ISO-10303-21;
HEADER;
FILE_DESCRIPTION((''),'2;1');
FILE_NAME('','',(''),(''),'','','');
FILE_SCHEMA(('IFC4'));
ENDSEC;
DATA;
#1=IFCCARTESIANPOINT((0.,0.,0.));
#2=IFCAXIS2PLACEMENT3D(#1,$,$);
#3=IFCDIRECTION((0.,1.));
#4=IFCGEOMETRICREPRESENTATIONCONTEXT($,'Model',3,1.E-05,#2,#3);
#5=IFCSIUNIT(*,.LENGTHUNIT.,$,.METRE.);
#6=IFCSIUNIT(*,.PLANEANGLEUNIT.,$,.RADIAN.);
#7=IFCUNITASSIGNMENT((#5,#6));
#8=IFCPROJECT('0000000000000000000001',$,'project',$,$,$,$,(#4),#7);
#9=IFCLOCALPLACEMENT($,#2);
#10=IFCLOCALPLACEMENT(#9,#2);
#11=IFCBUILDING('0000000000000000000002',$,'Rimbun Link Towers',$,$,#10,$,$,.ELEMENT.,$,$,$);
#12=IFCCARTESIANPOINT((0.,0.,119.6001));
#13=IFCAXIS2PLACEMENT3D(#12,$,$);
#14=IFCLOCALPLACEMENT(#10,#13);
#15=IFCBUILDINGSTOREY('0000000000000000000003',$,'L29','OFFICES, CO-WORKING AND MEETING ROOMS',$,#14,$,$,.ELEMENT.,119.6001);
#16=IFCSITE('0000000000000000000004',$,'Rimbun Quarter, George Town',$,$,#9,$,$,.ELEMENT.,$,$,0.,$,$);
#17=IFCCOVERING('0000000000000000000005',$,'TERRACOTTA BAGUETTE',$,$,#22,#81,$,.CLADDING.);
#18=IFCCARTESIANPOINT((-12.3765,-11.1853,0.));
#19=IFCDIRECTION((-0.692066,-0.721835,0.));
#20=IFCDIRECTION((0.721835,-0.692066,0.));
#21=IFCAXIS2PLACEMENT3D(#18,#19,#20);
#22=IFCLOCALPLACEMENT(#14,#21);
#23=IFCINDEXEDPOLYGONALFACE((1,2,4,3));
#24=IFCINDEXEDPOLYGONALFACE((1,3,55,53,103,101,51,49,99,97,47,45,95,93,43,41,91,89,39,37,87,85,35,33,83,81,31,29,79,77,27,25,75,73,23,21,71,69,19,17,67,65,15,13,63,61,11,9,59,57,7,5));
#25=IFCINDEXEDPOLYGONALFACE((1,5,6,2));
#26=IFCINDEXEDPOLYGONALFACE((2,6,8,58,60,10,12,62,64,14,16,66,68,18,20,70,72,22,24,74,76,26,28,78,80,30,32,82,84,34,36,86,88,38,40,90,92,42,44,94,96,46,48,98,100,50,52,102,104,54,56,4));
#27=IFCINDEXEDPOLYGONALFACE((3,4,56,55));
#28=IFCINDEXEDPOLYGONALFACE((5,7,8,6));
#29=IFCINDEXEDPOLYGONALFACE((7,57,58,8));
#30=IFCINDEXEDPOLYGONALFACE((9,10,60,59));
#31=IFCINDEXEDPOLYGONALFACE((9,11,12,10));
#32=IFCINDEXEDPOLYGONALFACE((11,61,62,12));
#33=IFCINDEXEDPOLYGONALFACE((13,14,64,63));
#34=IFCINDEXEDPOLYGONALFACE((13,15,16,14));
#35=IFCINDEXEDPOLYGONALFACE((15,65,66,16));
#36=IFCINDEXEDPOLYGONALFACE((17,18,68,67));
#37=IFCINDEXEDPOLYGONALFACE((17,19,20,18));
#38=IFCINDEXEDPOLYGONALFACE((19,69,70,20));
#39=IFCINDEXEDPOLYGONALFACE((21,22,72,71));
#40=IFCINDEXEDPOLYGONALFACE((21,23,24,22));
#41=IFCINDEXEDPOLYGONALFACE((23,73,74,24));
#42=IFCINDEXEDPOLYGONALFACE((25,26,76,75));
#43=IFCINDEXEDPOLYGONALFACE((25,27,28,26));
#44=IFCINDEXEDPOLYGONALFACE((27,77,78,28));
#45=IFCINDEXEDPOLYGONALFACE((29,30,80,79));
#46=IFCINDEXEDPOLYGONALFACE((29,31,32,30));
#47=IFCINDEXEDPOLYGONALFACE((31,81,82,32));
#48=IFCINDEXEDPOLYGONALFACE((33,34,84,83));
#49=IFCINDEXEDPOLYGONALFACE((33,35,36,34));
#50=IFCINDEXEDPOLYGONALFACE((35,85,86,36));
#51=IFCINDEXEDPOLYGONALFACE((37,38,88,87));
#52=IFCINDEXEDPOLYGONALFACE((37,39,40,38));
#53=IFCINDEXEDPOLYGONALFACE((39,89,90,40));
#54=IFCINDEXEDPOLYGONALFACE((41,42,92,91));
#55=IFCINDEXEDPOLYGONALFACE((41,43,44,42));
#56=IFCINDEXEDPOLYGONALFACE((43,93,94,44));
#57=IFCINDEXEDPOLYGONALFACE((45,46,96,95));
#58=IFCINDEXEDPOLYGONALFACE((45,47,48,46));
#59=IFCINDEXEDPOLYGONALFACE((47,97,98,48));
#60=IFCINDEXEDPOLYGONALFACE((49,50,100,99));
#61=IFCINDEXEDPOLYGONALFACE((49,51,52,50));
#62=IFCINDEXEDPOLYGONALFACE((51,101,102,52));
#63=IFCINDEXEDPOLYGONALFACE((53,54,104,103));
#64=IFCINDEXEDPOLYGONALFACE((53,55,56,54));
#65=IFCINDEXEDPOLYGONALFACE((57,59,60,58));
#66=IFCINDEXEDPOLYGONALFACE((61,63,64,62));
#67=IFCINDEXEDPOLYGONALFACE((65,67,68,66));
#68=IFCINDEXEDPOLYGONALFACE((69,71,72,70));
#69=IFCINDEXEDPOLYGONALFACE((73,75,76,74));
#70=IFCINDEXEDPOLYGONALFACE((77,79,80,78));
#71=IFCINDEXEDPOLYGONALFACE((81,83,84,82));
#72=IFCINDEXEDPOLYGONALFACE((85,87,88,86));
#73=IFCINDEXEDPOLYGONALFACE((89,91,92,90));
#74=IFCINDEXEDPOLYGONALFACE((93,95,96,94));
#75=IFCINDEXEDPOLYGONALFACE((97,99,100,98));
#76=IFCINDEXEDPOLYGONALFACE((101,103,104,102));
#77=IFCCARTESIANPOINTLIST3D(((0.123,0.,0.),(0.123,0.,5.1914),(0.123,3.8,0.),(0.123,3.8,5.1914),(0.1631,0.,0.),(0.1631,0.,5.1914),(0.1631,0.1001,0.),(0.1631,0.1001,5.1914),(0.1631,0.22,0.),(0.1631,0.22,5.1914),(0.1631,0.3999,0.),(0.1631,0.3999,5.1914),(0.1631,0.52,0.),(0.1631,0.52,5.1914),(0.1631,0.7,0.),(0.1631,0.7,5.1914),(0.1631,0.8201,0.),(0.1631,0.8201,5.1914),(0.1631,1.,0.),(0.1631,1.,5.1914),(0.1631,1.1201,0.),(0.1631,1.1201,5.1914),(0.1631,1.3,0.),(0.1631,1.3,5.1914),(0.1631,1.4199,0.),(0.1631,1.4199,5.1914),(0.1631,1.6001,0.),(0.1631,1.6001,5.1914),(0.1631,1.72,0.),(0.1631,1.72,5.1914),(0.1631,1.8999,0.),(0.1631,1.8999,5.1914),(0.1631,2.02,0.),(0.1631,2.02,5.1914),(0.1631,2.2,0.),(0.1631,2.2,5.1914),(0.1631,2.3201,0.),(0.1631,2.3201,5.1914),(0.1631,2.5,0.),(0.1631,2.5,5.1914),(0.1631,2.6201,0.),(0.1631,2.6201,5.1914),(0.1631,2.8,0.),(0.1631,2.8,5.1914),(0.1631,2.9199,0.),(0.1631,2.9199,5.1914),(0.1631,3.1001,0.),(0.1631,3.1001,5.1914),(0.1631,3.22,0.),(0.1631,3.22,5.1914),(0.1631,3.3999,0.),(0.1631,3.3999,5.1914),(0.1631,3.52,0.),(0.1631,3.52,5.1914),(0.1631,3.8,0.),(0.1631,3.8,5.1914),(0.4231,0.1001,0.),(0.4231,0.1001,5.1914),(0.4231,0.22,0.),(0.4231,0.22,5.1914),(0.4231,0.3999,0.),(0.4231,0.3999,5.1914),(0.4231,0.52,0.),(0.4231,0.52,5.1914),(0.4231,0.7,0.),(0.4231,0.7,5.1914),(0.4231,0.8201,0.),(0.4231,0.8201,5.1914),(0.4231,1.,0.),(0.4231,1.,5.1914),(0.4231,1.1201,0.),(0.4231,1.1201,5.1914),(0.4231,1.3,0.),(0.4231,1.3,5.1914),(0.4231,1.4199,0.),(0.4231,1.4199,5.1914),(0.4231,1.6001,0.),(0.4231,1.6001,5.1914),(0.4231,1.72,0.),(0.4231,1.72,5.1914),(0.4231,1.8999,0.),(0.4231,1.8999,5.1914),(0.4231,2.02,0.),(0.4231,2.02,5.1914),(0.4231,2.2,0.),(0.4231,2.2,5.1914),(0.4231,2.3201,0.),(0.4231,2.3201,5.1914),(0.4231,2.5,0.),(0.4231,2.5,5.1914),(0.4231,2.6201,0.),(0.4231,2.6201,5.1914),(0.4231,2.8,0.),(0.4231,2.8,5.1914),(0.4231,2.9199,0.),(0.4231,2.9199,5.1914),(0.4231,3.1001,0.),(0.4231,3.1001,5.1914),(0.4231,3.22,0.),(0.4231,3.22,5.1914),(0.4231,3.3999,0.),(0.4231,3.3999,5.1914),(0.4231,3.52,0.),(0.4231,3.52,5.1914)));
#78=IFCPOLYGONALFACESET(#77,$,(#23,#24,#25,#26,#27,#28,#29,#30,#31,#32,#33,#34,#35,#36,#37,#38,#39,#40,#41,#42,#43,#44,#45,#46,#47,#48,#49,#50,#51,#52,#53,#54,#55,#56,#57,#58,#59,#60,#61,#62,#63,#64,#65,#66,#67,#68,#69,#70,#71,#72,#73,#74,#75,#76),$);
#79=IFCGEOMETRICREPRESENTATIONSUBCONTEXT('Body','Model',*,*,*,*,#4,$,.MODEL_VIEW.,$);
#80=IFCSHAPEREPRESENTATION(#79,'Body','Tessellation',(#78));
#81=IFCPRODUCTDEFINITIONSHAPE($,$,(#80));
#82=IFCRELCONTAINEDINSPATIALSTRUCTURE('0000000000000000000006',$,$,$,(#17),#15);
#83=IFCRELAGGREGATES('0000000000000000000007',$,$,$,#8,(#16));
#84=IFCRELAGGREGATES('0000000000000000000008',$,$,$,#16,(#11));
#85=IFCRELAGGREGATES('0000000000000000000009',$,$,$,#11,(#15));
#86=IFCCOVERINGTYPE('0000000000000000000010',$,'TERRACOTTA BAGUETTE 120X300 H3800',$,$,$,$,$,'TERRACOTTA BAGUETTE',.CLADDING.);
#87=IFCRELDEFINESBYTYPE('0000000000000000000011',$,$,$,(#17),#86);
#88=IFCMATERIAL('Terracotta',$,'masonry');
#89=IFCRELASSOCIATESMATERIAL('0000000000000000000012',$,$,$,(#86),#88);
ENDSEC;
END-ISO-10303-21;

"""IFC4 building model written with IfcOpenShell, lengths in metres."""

from ifc_helpers import new_model, si_unit, direction, frame, origin, place, context, subcontext, project, spatial, polyline, outline, extrude, material, material_profile, profile_set, type_object, element, save


model = new_model("IFC4")

# Units and contexts
model_context = context("Model", 3, precision=1e-05, world=origin(), true_north=direction((0.0, 1.0)))
body_context = subcontext(model_context, "Body", "Model", "MODEL_VIEW")
ifc_project = project(units=[si_unit("LENGTHUNIT", "METRE"), si_unit("PLANEANGLEUNIT", "RADIAN")], contexts=[model_context])

# Site, building, storey
site_placement = place(None, origin())
site = spatial("IfcSite", under=ifc_project, at=site_placement, Name="Rimbun Quarter, George Town", CompositionType="ELEMENT", RefElevation=0.0)
building_placement = place(site_placement, origin())
building = spatial("IfcBuilding", under=site, at=building_placement, Name="Rimbun Link Towers", CompositionType="ELEMENT")
storey_placement = place(building_placement, frame((0.0, 0.0, 119.6001)))
storey = spatial("IfcBuildingStorey", under=building, at=storey_placement, Name="L29", Description="OFFICES, CO-WORKING AND MEETING ROOMS", CompositionType="ELEMENT", Elevation=119.6001)

# Covering
ifc_material_1 = material(Name="Terracotta", Category="masonry")
ifc_material_profile_1 = material_profile(ifc_material_1, outline(polyline([(0.123, 0.0), (0.1631, 0.0), (0.1631, 0.1001), (0.4231, 0.1001), (0.4231, 0.22), (0.1631, 0.22), (0.1631, 0.3999), (0.4231, 0.3999), (0.4231, 0.52), (0.1631, 0.52), (0.1631, 0.7), (0.4231, 0.7), (0.4231, 0.8201), (0.1631, 0.8201), (0.1631, 1.0), (0.4231, 1.0), (0.4231, 1.1201), (0.1631, 1.1201), (0.1631, 1.3), (0.4231, 1.3), (0.4231, 1.4199), (0.1631, 1.4199), (0.1631, 1.6001), (0.4231, 1.6001), (0.4231, 1.72), (0.1631, 1.72), (0.1631, 1.8999), (0.4231, 1.8999), (0.4231, 2.02), (0.1631, 2.02), (0.1631, 2.2), (0.4231, 2.2), (0.4231, 2.3201), (0.1631, 2.3201), (0.1631, 2.5), (0.4231, 2.5), (0.4231, 2.6201), (0.1631, 2.6201), (0.1631, 2.8), (0.4231, 2.8), (0.4231, 2.9199), (0.1631, 2.9199), (0.1631, 3.1001), (0.4231, 3.1001), (0.4231, 3.22), (0.1631, 3.22), (0.1631, 3.3999), (0.4231, 3.3999), (0.4231, 3.52), (0.1631, 3.52), (0.1631, 3.8), (0.123, 3.8), (0.123, 0.0)])), Name="BAGUETTE 120X300")
ifc_profile_set_1 = profile_set([ifc_material_profile_1], Name="Terracotta")
covering_type = type_object("IfcCoveringType", Name="TERRACOTTA BAGUETTE 120X300 H3800", ElementType="TERRACOTTA BAGUETTE", PredefinedType="CLADDING", material=ifc_profile_set_1)
covering_1_placement = place(storey_placement, frame((-12.3765, -11.1853, 0.0), z_axis=(-0.692066, -0.721835, 0.0), x_axis=(0.721835, -0.692066, 0.0)))
element("IfcCovering", 1, at=covering_1_placement, inside=storey, type_object=covering_type, Name="TERRACOTTA BAGUETTE", PredefinedType="CLADDING", context=body_context, shape_type="SweptSolid", body=[
    extrude(outline(polyline([(0.123, 0.0), (0.1631, 0.0), (0.1631, 0.1001), (0.4231, 0.1001), (0.4231, 0.22), (0.1631, 0.22), (0.1631, 0.3999), (0.4231, 0.3999), (0.4231, 0.52), (0.1631, 0.52), (0.1631, 0.7), (0.4231, 0.7), (0.4231, 0.8201), (0.1631, 0.8201), (0.1631, 1.0), (0.4231, 1.0), (0.4231, 1.1201), (0.1631, 1.1201), (0.1631, 1.3), (0.4231, 1.3), (0.4231, 1.4199), (0.1631, 1.4199), (0.1631, 1.6001), (0.4231, 1.6001), (0.4231, 1.72), (0.1631, 1.72), (0.1631, 1.8999), (0.4231, 1.8999), (0.4231, 2.02), (0.1631, 2.02), (0.1631, 2.2), (0.4231, 2.2), (0.4231, 2.3201), (0.1631, 2.3201), (0.1631, 2.5), (0.4231, 2.5), (0.4231, 2.6201), (0.1631, 2.6201), (0.1631, 2.8), (0.4231, 2.8), (0.4231, 2.9199), (0.1631, 2.9199), (0.1631, 3.1001), (0.4231, 3.1001), (0.4231, 3.22), (0.1631, 3.22), (0.1631, 3.3999), (0.4231, 3.3999), (0.4231, 3.52), (0.1631, 3.52), (0.1631, 3.8), (0.123, 3.8), (0.123, 0.0)])), origin(), (0.0, 0.0, 1.0), 5.1914),
])

save(model, "model.ifc")
